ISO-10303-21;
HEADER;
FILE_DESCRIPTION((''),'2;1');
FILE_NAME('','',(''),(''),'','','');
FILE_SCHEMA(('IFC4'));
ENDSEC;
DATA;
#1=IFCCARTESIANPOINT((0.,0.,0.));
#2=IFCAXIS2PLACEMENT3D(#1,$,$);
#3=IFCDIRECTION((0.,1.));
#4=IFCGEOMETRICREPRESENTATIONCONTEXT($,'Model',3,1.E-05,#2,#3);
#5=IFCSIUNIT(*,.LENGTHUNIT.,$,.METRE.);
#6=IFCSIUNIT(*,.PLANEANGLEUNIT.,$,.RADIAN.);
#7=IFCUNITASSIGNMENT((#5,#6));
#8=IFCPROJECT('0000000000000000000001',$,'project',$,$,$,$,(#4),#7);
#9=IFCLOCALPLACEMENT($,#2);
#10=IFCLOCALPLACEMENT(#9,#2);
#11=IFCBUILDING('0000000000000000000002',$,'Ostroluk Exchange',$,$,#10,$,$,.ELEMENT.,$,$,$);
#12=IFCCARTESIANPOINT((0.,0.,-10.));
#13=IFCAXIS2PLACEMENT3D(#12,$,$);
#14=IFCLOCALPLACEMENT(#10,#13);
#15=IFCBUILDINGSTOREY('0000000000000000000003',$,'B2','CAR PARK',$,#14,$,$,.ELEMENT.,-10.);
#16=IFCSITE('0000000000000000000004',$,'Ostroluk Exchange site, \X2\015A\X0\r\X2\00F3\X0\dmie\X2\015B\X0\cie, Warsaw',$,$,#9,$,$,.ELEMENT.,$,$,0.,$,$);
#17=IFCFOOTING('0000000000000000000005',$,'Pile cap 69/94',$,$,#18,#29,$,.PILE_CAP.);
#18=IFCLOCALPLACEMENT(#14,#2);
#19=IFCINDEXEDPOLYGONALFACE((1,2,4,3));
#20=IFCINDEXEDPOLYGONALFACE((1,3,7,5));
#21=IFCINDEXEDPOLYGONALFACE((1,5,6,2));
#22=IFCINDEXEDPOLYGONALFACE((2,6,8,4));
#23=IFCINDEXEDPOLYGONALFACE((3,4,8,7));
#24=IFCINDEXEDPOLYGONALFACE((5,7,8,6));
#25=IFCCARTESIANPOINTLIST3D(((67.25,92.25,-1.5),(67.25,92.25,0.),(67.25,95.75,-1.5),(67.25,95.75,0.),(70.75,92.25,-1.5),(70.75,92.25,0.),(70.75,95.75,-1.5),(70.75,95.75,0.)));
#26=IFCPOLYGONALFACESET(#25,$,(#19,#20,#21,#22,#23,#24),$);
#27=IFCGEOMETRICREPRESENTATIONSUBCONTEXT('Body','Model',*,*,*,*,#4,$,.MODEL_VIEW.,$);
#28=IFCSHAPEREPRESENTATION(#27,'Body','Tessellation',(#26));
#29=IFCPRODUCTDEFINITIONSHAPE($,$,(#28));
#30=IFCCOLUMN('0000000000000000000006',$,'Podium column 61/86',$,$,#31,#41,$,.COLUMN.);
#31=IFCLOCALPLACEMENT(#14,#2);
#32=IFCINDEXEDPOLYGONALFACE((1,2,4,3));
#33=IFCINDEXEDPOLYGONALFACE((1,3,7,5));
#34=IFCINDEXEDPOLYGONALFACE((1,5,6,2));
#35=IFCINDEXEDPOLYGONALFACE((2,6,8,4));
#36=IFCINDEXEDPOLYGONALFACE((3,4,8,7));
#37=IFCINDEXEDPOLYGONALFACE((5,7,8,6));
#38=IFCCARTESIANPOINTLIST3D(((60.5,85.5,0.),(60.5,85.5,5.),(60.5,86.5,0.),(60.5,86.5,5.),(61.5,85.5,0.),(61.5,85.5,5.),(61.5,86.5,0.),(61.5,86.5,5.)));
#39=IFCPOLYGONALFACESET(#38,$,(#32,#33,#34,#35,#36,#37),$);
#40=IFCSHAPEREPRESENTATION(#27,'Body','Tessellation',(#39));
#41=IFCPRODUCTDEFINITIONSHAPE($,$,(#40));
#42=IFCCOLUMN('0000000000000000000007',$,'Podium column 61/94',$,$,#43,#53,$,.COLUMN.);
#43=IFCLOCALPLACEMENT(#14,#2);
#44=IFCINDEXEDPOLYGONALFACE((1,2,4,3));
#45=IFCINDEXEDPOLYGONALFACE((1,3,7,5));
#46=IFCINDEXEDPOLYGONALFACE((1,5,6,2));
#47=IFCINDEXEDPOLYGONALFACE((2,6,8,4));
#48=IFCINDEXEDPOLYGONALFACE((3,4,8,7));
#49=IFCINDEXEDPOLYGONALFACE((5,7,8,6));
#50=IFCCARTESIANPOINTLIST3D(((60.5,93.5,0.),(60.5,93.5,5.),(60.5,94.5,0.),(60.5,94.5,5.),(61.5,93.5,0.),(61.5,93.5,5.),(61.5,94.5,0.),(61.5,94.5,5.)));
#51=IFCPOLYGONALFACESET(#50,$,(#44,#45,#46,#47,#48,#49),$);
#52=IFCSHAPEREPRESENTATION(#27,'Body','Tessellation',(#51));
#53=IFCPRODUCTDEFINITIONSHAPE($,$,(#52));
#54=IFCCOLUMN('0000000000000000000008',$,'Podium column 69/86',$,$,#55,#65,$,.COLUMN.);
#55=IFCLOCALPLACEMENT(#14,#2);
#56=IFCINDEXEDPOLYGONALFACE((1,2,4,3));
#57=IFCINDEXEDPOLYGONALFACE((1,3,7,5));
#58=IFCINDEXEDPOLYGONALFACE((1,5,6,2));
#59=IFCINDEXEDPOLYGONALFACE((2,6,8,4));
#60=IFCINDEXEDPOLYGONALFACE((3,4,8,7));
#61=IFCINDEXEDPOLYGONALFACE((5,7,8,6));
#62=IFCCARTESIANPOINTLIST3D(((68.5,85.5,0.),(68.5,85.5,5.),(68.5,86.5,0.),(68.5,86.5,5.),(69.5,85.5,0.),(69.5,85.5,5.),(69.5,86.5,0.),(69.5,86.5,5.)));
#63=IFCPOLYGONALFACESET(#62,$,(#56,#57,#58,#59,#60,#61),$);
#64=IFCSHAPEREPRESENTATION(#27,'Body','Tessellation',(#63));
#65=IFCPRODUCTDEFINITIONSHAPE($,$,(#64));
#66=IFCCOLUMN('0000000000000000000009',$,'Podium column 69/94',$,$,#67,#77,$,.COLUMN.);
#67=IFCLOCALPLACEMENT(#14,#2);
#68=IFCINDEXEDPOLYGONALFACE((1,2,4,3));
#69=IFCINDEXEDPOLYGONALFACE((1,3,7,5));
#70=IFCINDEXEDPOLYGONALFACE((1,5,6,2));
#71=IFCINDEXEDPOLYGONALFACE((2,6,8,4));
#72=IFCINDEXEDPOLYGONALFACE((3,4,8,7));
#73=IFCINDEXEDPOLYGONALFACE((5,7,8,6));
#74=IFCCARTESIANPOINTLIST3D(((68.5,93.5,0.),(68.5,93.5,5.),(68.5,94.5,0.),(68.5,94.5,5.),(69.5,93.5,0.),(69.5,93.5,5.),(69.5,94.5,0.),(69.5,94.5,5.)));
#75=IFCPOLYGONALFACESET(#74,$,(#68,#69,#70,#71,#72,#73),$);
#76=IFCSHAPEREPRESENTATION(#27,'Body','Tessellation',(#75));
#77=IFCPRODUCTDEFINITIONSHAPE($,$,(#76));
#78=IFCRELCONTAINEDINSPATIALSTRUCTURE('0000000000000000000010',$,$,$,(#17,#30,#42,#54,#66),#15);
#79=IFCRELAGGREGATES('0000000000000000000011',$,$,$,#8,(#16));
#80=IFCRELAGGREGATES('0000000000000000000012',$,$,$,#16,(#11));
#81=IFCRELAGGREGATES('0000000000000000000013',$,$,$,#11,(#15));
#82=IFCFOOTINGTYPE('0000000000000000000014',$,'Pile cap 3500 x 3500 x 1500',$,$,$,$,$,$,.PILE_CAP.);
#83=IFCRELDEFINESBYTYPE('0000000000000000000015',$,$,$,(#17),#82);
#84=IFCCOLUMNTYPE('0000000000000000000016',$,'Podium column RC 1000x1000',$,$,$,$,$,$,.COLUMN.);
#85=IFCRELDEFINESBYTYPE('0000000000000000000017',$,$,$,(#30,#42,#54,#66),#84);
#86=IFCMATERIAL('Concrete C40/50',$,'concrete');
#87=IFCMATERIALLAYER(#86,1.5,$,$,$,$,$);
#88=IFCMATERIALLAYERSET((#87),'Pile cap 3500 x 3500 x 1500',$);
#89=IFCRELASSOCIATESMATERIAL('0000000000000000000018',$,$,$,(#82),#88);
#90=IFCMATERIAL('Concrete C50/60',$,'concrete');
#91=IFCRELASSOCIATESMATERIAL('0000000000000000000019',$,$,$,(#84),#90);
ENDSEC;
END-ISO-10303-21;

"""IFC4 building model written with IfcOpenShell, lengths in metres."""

from ifc_helpers import new_model, si_unit, direction, frame, origin, origin_2d, place, context, subcontext, project, spatial, rectangle, extrude, material, layer, layer_set, material_profile, profile_set, type_object, element, save


model = new_model("IFC4")

# Units and contexts
model_context = context("Model", 3, precision=1e-05, world=origin(), true_north=direction((0.0, 1.0)))
body_context = subcontext(model_context, "Body", "Model", "MODEL_VIEW")
ifc_project = project(units=[si_unit("LENGTHUNIT", "METRE"), si_unit("PLANEANGLEUNIT", "RADIAN")], contexts=[model_context])

# Site, building, storey
site_placement = place(None, origin())
site = spatial("IfcSite", under=ifc_project, at=site_placement, Name="Ostroluk Exchange site, Śródmieście, Warsaw", CompositionType="ELEMENT", RefElevation=0.0)
building_placement = place(site_placement, origin())
building = spatial("IfcBuilding", under=site, at=building_placement, Name="Ostroluk Exchange", CompositionType="ELEMENT")
storey_placement = place(building_placement, frame((0.0, 0.0, -10.0)))
storey = spatial("IfcBuildingStorey", under=building, at=storey_placement, Name="B2", Description="CAR PARK", CompositionType="ELEMENT", Elevation=-10.0)

# Footing
ifc_material_1 = material(Name="Concrete C40/50", Category="concrete")
ifc_layer = layer(ifc_material_1, 1.5)
ifc_layer_set = layer_set([ifc_layer], Name="Pile cap 3500 x 3500 x 1500")
footing_type = type_object("IfcFootingType", Name="Pile cap 3500 x 3500 x 1500", PredefinedType="PILE_CAP", material=ifc_layer_set)
for number, where, z_axis, x_axis, name in (
    (1, (69.0, 94.0, -1.5), (0.0, 0.0, 1.0), (1.0, 0.0, 0.0), "Pile cap 69/94"),
):
    element("IfcFooting", number, at=place(storey_placement, frame(where, z_axis=z_axis, x_axis=x_axis)), inside=storey, type_object=footing_type, Name=name, PredefinedType="PILE_CAP", context=body_context, shape_type="SweptSolid", body=[
        extrude(rectangle(XDim=3.5, YDim=3.5, at=origin_2d()), origin(), (0.0, 0.0, 1.0), 1.5),
    ])

# Columns
ifc_material_2 = material(Name="Concrete C50/60", Category="concrete")
ifc_material_profile = material_profile(ifc_material_2, rectangle(XDim=1.0, YDim=1.0, at=origin_2d()), Name="RC 1000x1000")
ifc_profile_set = profile_set([ifc_material_profile], Name="Concrete C50/60")
column_type = type_object("IfcColumnType", Name="Podium column RC 1000x1000", PredefinedType="COLUMN", material=ifc_profile_set)
for number, where, z_axis, x_axis, name in (
    (2, (61.0, 86.0, 0.0), (0.0, 0.0, 1.0), (1.0, 0.0, 0.0), "Podium column 61/86"),
    (3, (61.0, 94.0, 0.0), (0.0, 0.0, 1.0), (1.0, 0.0, 0.0), "Podium column 61/94"),
    (4, (69.0, 86.0, 0.0), (0.0, 0.0, 1.0), (1.0, 0.0, 0.0), "Podium column 69/86"),
    (5, (69.0, 94.0, 0.0), (0.0, 0.0, 1.0), (1.0, 0.0, 0.0), "Podium column 69/94"),
):
    element("IfcColumn", number, at=place(storey_placement, frame(where, z_axis=z_axis, x_axis=x_axis)), inside=storey, type_object=column_type, Name=name, PredefinedType="COLUMN", context=body_context, shape_type="SweptSolid", body=[
        extrude(rectangle(XDim=1.0, YDim=1.0, at=origin_2d()), origin(), (0.0, 0.0, 1.0), 5.0),
    ])

save(model, "model.ifc")
